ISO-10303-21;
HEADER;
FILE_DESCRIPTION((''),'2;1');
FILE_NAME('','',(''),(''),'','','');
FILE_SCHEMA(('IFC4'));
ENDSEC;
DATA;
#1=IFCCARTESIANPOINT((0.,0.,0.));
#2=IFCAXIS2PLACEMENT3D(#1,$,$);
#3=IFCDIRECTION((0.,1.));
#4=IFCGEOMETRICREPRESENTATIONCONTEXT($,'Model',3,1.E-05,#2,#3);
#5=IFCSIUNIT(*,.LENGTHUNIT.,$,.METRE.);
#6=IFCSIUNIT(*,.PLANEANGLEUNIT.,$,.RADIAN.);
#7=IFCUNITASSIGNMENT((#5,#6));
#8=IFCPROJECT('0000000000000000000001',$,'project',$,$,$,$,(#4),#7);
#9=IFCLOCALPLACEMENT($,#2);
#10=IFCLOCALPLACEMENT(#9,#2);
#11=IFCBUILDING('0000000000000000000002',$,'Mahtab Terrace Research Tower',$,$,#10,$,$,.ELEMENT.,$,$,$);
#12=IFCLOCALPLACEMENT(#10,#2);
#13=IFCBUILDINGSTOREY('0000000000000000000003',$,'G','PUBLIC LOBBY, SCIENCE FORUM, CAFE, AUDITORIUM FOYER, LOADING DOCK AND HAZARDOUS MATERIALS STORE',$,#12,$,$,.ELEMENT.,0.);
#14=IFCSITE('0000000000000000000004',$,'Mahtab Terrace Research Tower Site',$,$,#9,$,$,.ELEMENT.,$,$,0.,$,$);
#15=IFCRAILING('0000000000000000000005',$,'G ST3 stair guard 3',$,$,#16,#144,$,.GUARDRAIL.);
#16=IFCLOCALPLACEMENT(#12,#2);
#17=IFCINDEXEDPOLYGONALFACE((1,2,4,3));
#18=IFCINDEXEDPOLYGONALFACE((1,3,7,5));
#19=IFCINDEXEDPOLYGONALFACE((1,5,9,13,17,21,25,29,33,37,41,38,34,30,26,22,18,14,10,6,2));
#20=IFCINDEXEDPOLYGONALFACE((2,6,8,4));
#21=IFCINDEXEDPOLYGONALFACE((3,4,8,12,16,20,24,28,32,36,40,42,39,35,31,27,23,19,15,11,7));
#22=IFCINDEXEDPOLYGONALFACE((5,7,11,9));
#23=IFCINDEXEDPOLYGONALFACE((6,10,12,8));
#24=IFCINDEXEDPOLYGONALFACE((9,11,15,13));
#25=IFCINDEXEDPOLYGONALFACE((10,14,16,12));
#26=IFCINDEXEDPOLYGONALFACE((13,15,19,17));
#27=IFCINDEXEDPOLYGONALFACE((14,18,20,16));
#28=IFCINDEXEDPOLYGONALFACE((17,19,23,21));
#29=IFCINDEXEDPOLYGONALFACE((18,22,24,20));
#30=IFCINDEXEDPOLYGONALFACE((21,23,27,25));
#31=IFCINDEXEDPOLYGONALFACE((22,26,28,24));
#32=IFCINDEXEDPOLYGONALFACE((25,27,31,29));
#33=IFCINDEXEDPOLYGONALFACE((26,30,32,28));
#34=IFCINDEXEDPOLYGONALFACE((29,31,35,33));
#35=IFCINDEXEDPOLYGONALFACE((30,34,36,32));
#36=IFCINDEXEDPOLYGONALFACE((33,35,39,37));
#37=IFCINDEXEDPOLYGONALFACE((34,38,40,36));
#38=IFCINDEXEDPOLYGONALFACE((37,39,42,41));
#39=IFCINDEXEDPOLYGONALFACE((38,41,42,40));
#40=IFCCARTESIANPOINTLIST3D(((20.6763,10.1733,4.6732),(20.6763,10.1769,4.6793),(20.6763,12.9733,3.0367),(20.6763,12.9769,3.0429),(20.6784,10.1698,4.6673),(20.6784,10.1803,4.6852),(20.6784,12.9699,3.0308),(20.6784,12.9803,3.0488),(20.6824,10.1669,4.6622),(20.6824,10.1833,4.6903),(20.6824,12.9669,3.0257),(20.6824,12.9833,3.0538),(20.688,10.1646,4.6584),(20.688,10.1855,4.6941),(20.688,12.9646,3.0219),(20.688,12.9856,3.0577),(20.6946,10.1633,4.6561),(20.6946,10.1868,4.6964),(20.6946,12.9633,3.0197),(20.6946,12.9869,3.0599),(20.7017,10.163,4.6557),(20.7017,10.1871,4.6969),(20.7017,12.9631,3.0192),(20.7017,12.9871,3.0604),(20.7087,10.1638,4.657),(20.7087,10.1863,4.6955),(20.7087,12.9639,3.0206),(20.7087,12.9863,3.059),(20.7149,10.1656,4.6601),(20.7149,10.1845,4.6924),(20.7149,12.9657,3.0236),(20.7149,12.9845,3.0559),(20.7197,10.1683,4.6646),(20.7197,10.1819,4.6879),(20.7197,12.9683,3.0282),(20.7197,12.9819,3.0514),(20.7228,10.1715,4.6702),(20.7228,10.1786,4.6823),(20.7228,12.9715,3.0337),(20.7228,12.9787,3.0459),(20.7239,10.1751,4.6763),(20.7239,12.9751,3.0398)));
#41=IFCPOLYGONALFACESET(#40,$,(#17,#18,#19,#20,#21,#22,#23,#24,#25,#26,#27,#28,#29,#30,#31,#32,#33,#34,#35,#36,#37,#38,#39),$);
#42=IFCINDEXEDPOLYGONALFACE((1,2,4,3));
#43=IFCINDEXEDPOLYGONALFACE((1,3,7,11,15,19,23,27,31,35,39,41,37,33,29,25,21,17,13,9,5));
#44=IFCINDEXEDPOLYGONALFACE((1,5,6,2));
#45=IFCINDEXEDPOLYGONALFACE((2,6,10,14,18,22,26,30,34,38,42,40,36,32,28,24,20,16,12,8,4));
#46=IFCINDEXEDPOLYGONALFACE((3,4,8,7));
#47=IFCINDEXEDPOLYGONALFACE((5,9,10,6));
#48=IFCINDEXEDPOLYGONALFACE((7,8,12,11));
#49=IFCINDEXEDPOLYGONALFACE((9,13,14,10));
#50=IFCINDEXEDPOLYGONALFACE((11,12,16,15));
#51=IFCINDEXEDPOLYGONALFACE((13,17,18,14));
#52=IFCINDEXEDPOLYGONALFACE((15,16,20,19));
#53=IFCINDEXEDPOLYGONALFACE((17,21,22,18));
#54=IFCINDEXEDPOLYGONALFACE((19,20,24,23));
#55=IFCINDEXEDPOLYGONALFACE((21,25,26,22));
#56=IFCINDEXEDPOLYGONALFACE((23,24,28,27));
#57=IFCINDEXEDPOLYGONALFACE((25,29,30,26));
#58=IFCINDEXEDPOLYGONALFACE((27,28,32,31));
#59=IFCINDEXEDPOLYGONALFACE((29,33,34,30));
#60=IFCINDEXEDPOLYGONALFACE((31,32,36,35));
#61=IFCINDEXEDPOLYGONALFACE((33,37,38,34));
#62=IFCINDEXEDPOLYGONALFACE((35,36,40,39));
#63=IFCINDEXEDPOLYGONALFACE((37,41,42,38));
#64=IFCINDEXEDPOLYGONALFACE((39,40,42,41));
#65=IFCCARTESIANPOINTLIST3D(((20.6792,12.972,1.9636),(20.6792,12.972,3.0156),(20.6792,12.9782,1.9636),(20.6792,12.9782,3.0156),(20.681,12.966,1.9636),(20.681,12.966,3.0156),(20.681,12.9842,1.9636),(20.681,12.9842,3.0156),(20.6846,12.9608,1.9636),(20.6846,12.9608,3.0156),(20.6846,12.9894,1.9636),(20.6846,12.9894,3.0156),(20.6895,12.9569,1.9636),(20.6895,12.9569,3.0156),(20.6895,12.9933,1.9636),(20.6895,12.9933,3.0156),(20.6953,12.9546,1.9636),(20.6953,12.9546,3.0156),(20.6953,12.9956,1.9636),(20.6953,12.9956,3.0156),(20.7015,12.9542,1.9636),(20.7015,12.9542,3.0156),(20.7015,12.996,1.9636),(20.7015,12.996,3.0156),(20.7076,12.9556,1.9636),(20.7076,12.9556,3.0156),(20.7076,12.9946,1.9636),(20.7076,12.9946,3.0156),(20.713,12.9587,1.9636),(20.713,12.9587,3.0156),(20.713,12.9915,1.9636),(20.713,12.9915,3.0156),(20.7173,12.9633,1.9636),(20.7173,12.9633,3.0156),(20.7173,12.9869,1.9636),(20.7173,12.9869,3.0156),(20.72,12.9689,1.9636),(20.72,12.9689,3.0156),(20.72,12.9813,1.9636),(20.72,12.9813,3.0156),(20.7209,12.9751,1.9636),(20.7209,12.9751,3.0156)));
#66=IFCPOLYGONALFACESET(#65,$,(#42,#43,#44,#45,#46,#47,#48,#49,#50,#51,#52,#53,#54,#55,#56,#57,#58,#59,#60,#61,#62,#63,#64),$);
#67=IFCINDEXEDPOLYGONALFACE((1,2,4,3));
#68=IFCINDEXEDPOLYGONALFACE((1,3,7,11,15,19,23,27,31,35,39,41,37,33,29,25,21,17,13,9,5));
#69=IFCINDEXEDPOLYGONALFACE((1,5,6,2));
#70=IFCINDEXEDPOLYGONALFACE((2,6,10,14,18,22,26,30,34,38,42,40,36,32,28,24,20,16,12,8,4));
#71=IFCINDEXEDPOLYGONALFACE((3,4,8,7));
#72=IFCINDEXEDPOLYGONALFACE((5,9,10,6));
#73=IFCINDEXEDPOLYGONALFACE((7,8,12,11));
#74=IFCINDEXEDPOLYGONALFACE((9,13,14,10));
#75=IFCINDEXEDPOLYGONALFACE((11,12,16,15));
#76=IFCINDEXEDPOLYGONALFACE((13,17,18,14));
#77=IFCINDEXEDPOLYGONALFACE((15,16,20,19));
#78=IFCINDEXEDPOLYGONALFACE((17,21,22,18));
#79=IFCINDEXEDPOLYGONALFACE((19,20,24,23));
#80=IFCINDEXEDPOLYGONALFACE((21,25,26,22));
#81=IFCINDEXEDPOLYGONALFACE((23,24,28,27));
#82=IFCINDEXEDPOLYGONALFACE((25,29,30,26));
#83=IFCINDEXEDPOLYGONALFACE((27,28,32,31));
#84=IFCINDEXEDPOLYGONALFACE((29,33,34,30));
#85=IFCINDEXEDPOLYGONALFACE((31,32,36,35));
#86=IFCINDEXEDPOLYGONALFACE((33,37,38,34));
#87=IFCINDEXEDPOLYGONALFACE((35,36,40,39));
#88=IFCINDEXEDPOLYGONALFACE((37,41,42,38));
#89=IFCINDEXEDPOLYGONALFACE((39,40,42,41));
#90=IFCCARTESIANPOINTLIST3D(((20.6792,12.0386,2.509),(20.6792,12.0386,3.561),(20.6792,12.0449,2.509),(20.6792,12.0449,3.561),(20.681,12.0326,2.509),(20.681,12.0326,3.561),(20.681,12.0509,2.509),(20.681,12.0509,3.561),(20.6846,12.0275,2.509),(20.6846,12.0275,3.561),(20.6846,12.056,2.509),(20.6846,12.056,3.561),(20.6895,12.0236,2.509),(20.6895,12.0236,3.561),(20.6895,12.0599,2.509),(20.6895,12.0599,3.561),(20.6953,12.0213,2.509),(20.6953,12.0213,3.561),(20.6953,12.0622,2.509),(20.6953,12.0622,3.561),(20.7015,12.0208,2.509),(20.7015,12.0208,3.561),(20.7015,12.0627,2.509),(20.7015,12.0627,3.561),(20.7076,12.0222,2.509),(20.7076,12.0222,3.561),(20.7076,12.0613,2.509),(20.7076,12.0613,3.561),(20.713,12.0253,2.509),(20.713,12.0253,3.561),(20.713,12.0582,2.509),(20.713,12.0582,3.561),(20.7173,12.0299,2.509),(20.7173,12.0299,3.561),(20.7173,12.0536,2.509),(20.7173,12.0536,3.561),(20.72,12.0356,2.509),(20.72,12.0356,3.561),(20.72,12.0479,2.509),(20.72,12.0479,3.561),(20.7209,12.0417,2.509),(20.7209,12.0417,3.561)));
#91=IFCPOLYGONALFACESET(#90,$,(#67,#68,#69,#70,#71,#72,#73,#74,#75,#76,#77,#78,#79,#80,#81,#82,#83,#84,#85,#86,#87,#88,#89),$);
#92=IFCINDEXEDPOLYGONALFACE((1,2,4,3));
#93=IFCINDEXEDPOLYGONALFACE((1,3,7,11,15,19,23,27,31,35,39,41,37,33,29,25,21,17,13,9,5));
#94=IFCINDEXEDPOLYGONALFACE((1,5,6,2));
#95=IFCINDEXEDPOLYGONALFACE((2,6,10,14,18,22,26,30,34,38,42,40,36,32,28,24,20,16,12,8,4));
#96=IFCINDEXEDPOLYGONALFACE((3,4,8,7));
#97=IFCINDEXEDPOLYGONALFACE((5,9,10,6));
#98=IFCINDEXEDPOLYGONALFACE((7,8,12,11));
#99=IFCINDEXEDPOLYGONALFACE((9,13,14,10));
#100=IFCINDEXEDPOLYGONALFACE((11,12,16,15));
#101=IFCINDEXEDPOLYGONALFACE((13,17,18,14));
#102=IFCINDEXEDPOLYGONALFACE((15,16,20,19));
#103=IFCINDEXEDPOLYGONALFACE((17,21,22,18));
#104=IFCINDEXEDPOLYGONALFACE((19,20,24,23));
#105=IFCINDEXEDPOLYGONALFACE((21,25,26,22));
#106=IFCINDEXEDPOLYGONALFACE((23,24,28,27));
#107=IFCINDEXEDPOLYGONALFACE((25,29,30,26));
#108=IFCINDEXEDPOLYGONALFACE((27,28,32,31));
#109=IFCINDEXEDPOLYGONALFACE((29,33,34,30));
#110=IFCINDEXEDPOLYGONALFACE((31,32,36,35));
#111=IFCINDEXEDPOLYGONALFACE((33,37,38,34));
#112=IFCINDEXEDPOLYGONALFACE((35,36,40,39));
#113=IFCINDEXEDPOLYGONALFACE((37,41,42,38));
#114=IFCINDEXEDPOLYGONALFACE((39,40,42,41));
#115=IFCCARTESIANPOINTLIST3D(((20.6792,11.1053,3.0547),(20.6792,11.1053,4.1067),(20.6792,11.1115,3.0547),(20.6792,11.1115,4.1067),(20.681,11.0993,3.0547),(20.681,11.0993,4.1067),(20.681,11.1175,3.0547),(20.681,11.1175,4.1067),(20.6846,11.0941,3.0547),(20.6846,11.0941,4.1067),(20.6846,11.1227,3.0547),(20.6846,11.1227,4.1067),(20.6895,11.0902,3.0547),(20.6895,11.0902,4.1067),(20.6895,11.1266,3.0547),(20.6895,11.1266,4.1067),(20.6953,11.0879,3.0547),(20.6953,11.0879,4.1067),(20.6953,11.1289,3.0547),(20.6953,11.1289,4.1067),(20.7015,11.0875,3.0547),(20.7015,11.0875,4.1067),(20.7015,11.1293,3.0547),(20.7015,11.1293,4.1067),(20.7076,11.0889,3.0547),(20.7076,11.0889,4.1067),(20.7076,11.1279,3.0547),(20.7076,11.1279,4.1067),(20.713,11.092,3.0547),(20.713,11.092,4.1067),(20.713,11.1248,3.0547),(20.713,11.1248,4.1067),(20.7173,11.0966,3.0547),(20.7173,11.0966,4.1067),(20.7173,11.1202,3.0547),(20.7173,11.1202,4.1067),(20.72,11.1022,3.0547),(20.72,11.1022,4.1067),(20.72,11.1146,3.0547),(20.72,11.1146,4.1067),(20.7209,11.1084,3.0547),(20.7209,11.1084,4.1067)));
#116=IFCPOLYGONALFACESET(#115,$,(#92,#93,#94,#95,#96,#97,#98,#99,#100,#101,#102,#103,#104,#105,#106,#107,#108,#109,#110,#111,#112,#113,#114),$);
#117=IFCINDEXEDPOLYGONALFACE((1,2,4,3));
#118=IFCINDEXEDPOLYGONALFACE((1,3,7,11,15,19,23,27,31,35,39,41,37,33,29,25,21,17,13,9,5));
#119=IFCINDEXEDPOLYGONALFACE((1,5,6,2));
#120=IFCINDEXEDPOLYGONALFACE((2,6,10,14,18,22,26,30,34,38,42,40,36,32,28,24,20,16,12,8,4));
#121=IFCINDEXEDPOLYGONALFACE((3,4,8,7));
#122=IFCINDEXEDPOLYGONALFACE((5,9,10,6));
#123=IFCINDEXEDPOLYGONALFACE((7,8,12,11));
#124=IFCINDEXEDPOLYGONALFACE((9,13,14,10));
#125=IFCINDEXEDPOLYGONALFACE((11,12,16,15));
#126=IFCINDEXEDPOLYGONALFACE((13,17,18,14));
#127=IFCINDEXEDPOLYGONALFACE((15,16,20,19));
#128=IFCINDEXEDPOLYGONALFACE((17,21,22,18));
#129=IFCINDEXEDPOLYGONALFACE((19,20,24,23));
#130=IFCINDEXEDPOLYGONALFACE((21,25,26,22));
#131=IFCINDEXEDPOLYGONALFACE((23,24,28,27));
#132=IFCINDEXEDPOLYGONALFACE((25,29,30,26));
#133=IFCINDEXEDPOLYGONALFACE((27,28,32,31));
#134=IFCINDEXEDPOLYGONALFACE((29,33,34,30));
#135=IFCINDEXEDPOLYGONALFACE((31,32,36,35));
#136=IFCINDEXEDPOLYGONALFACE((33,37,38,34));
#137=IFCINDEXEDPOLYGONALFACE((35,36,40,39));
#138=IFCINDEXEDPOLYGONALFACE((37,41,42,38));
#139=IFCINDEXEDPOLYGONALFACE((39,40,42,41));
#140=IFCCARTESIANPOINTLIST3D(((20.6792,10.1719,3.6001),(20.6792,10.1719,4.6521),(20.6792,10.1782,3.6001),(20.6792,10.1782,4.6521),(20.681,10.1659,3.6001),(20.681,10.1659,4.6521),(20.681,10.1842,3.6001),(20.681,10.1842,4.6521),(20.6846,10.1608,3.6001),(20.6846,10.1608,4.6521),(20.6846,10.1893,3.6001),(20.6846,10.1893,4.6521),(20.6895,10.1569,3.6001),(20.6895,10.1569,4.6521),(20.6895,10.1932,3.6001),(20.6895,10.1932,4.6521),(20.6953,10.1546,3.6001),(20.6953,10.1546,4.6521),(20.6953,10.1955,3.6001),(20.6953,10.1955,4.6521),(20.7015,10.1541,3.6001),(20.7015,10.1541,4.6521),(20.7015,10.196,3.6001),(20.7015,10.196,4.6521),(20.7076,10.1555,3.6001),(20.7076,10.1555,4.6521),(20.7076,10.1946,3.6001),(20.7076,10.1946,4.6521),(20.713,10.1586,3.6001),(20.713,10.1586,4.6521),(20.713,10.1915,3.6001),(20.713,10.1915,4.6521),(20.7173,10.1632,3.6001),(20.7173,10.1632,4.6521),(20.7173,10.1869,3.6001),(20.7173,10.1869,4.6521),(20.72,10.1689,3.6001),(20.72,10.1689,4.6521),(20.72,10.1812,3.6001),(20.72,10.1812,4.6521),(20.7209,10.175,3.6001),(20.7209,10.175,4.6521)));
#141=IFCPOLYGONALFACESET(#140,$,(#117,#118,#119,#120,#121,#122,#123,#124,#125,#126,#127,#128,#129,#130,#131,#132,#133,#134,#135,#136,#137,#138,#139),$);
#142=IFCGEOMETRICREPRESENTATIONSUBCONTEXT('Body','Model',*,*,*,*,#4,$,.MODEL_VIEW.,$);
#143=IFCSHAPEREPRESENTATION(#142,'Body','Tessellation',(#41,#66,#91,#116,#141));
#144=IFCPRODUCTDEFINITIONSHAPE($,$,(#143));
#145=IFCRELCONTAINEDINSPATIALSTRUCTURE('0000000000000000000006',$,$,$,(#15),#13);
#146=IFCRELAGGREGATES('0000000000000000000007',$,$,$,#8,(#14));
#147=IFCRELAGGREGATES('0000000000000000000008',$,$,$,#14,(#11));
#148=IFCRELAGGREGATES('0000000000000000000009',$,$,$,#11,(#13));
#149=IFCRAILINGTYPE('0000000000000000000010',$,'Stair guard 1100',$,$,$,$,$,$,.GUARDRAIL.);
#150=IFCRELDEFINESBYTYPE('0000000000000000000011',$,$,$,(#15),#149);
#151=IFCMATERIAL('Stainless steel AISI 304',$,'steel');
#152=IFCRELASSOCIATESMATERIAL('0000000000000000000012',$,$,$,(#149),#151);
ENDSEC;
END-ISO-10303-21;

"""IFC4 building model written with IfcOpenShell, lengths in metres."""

from ifc_helpers import new_model, si_unit, direction, frame, origin, origin_2d, place, context, subcontext, project, spatial, circle, extrude, material, type_object, element, save


model = new_model("IFC4")

# Units and contexts
model_context = context("Model", 3, precision=1e-05, world=origin(), true_north=direction((0.0, 1.0)))
body_context = subcontext(model_context, "Body", "Model", "MODEL_VIEW")
ifc_project = project(units=[si_unit("LENGTHUNIT", "METRE"), si_unit("PLANEANGLEUNIT", "RADIAN")], contexts=[model_context])

# Site, building, storey
site_placement = place(None, origin())
site = spatial("IfcSite", under=ifc_project, at=site_placement, Name="Mahtab Terrace Research Tower Site", CompositionType="ELEMENT", RefElevation=0.0)
building_placement = place(site_placement, origin())
building = spatial("IfcBuilding", under=site, at=building_placement, Name="Mahtab Terrace Research Tower", CompositionType="ELEMENT")
storey_placement = place(building_placement, origin())
storey = spatial("IfcBuildingStorey", under=building, at=storey_placement, Name="G", Description="PUBLIC LOBBY, SCIENCE FORUM, CAFE, AUDITORIUM FOYER, LOADING DOCK AND HAZARDOUS MATERIALS STORE", CompositionType="ELEMENT", Elevation=0.0)

# Railing
ifc_material_1 = material(Name="Stainless steel AISI 304", Category="steel")
railing_type = type_object("IfcRailingType", Name="Stair guard 1100", PredefinedType="GUARDRAIL", material=ifc_material_1)
railing_1_placement = place(storey_placement, frame((20.7, 12.9751, 1.9636)))
element("IfcRailing", 1, at=railing_1_placement, inside=storey, type_object=railing_type, Name="G ST3 stair guard 3", PredefinedType="GUARDRAIL", context=body_context, shape_type="SweptSolid", body=[
    extrude(circle(Radius=0.0239, at=origin_2d()), frame((0.0, 0.0, 1.0762), z_axis=(0.0, -0.863361, 0.504587), x_axis=(1.0, 0.0, 0.0)), (0.0, 0.0, 1.0), 3.2432),
    extrude(circle(Radius=0.021, at=origin_2d()), origin(), (0.0, 0.0, 1.0), 1.052),
    extrude(circle(Radius=0.021, at=origin_2d()), frame((0.0, -0.9333, 0.5454)), (0.0, 0.0, 1.0), 1.052),
    extrude(circle(Radius=0.021, at=origin_2d()), frame((0.0, -1.8667, 1.0911)), (0.0, 0.0, 1.0), 1.052),
    extrude(circle(Radius=0.021, at=origin_2d()), frame((0.0, -2.8, 1.6365)), (0.0, 0.0, 1.0), 1.052),
])

save(model, "model.ifc")
